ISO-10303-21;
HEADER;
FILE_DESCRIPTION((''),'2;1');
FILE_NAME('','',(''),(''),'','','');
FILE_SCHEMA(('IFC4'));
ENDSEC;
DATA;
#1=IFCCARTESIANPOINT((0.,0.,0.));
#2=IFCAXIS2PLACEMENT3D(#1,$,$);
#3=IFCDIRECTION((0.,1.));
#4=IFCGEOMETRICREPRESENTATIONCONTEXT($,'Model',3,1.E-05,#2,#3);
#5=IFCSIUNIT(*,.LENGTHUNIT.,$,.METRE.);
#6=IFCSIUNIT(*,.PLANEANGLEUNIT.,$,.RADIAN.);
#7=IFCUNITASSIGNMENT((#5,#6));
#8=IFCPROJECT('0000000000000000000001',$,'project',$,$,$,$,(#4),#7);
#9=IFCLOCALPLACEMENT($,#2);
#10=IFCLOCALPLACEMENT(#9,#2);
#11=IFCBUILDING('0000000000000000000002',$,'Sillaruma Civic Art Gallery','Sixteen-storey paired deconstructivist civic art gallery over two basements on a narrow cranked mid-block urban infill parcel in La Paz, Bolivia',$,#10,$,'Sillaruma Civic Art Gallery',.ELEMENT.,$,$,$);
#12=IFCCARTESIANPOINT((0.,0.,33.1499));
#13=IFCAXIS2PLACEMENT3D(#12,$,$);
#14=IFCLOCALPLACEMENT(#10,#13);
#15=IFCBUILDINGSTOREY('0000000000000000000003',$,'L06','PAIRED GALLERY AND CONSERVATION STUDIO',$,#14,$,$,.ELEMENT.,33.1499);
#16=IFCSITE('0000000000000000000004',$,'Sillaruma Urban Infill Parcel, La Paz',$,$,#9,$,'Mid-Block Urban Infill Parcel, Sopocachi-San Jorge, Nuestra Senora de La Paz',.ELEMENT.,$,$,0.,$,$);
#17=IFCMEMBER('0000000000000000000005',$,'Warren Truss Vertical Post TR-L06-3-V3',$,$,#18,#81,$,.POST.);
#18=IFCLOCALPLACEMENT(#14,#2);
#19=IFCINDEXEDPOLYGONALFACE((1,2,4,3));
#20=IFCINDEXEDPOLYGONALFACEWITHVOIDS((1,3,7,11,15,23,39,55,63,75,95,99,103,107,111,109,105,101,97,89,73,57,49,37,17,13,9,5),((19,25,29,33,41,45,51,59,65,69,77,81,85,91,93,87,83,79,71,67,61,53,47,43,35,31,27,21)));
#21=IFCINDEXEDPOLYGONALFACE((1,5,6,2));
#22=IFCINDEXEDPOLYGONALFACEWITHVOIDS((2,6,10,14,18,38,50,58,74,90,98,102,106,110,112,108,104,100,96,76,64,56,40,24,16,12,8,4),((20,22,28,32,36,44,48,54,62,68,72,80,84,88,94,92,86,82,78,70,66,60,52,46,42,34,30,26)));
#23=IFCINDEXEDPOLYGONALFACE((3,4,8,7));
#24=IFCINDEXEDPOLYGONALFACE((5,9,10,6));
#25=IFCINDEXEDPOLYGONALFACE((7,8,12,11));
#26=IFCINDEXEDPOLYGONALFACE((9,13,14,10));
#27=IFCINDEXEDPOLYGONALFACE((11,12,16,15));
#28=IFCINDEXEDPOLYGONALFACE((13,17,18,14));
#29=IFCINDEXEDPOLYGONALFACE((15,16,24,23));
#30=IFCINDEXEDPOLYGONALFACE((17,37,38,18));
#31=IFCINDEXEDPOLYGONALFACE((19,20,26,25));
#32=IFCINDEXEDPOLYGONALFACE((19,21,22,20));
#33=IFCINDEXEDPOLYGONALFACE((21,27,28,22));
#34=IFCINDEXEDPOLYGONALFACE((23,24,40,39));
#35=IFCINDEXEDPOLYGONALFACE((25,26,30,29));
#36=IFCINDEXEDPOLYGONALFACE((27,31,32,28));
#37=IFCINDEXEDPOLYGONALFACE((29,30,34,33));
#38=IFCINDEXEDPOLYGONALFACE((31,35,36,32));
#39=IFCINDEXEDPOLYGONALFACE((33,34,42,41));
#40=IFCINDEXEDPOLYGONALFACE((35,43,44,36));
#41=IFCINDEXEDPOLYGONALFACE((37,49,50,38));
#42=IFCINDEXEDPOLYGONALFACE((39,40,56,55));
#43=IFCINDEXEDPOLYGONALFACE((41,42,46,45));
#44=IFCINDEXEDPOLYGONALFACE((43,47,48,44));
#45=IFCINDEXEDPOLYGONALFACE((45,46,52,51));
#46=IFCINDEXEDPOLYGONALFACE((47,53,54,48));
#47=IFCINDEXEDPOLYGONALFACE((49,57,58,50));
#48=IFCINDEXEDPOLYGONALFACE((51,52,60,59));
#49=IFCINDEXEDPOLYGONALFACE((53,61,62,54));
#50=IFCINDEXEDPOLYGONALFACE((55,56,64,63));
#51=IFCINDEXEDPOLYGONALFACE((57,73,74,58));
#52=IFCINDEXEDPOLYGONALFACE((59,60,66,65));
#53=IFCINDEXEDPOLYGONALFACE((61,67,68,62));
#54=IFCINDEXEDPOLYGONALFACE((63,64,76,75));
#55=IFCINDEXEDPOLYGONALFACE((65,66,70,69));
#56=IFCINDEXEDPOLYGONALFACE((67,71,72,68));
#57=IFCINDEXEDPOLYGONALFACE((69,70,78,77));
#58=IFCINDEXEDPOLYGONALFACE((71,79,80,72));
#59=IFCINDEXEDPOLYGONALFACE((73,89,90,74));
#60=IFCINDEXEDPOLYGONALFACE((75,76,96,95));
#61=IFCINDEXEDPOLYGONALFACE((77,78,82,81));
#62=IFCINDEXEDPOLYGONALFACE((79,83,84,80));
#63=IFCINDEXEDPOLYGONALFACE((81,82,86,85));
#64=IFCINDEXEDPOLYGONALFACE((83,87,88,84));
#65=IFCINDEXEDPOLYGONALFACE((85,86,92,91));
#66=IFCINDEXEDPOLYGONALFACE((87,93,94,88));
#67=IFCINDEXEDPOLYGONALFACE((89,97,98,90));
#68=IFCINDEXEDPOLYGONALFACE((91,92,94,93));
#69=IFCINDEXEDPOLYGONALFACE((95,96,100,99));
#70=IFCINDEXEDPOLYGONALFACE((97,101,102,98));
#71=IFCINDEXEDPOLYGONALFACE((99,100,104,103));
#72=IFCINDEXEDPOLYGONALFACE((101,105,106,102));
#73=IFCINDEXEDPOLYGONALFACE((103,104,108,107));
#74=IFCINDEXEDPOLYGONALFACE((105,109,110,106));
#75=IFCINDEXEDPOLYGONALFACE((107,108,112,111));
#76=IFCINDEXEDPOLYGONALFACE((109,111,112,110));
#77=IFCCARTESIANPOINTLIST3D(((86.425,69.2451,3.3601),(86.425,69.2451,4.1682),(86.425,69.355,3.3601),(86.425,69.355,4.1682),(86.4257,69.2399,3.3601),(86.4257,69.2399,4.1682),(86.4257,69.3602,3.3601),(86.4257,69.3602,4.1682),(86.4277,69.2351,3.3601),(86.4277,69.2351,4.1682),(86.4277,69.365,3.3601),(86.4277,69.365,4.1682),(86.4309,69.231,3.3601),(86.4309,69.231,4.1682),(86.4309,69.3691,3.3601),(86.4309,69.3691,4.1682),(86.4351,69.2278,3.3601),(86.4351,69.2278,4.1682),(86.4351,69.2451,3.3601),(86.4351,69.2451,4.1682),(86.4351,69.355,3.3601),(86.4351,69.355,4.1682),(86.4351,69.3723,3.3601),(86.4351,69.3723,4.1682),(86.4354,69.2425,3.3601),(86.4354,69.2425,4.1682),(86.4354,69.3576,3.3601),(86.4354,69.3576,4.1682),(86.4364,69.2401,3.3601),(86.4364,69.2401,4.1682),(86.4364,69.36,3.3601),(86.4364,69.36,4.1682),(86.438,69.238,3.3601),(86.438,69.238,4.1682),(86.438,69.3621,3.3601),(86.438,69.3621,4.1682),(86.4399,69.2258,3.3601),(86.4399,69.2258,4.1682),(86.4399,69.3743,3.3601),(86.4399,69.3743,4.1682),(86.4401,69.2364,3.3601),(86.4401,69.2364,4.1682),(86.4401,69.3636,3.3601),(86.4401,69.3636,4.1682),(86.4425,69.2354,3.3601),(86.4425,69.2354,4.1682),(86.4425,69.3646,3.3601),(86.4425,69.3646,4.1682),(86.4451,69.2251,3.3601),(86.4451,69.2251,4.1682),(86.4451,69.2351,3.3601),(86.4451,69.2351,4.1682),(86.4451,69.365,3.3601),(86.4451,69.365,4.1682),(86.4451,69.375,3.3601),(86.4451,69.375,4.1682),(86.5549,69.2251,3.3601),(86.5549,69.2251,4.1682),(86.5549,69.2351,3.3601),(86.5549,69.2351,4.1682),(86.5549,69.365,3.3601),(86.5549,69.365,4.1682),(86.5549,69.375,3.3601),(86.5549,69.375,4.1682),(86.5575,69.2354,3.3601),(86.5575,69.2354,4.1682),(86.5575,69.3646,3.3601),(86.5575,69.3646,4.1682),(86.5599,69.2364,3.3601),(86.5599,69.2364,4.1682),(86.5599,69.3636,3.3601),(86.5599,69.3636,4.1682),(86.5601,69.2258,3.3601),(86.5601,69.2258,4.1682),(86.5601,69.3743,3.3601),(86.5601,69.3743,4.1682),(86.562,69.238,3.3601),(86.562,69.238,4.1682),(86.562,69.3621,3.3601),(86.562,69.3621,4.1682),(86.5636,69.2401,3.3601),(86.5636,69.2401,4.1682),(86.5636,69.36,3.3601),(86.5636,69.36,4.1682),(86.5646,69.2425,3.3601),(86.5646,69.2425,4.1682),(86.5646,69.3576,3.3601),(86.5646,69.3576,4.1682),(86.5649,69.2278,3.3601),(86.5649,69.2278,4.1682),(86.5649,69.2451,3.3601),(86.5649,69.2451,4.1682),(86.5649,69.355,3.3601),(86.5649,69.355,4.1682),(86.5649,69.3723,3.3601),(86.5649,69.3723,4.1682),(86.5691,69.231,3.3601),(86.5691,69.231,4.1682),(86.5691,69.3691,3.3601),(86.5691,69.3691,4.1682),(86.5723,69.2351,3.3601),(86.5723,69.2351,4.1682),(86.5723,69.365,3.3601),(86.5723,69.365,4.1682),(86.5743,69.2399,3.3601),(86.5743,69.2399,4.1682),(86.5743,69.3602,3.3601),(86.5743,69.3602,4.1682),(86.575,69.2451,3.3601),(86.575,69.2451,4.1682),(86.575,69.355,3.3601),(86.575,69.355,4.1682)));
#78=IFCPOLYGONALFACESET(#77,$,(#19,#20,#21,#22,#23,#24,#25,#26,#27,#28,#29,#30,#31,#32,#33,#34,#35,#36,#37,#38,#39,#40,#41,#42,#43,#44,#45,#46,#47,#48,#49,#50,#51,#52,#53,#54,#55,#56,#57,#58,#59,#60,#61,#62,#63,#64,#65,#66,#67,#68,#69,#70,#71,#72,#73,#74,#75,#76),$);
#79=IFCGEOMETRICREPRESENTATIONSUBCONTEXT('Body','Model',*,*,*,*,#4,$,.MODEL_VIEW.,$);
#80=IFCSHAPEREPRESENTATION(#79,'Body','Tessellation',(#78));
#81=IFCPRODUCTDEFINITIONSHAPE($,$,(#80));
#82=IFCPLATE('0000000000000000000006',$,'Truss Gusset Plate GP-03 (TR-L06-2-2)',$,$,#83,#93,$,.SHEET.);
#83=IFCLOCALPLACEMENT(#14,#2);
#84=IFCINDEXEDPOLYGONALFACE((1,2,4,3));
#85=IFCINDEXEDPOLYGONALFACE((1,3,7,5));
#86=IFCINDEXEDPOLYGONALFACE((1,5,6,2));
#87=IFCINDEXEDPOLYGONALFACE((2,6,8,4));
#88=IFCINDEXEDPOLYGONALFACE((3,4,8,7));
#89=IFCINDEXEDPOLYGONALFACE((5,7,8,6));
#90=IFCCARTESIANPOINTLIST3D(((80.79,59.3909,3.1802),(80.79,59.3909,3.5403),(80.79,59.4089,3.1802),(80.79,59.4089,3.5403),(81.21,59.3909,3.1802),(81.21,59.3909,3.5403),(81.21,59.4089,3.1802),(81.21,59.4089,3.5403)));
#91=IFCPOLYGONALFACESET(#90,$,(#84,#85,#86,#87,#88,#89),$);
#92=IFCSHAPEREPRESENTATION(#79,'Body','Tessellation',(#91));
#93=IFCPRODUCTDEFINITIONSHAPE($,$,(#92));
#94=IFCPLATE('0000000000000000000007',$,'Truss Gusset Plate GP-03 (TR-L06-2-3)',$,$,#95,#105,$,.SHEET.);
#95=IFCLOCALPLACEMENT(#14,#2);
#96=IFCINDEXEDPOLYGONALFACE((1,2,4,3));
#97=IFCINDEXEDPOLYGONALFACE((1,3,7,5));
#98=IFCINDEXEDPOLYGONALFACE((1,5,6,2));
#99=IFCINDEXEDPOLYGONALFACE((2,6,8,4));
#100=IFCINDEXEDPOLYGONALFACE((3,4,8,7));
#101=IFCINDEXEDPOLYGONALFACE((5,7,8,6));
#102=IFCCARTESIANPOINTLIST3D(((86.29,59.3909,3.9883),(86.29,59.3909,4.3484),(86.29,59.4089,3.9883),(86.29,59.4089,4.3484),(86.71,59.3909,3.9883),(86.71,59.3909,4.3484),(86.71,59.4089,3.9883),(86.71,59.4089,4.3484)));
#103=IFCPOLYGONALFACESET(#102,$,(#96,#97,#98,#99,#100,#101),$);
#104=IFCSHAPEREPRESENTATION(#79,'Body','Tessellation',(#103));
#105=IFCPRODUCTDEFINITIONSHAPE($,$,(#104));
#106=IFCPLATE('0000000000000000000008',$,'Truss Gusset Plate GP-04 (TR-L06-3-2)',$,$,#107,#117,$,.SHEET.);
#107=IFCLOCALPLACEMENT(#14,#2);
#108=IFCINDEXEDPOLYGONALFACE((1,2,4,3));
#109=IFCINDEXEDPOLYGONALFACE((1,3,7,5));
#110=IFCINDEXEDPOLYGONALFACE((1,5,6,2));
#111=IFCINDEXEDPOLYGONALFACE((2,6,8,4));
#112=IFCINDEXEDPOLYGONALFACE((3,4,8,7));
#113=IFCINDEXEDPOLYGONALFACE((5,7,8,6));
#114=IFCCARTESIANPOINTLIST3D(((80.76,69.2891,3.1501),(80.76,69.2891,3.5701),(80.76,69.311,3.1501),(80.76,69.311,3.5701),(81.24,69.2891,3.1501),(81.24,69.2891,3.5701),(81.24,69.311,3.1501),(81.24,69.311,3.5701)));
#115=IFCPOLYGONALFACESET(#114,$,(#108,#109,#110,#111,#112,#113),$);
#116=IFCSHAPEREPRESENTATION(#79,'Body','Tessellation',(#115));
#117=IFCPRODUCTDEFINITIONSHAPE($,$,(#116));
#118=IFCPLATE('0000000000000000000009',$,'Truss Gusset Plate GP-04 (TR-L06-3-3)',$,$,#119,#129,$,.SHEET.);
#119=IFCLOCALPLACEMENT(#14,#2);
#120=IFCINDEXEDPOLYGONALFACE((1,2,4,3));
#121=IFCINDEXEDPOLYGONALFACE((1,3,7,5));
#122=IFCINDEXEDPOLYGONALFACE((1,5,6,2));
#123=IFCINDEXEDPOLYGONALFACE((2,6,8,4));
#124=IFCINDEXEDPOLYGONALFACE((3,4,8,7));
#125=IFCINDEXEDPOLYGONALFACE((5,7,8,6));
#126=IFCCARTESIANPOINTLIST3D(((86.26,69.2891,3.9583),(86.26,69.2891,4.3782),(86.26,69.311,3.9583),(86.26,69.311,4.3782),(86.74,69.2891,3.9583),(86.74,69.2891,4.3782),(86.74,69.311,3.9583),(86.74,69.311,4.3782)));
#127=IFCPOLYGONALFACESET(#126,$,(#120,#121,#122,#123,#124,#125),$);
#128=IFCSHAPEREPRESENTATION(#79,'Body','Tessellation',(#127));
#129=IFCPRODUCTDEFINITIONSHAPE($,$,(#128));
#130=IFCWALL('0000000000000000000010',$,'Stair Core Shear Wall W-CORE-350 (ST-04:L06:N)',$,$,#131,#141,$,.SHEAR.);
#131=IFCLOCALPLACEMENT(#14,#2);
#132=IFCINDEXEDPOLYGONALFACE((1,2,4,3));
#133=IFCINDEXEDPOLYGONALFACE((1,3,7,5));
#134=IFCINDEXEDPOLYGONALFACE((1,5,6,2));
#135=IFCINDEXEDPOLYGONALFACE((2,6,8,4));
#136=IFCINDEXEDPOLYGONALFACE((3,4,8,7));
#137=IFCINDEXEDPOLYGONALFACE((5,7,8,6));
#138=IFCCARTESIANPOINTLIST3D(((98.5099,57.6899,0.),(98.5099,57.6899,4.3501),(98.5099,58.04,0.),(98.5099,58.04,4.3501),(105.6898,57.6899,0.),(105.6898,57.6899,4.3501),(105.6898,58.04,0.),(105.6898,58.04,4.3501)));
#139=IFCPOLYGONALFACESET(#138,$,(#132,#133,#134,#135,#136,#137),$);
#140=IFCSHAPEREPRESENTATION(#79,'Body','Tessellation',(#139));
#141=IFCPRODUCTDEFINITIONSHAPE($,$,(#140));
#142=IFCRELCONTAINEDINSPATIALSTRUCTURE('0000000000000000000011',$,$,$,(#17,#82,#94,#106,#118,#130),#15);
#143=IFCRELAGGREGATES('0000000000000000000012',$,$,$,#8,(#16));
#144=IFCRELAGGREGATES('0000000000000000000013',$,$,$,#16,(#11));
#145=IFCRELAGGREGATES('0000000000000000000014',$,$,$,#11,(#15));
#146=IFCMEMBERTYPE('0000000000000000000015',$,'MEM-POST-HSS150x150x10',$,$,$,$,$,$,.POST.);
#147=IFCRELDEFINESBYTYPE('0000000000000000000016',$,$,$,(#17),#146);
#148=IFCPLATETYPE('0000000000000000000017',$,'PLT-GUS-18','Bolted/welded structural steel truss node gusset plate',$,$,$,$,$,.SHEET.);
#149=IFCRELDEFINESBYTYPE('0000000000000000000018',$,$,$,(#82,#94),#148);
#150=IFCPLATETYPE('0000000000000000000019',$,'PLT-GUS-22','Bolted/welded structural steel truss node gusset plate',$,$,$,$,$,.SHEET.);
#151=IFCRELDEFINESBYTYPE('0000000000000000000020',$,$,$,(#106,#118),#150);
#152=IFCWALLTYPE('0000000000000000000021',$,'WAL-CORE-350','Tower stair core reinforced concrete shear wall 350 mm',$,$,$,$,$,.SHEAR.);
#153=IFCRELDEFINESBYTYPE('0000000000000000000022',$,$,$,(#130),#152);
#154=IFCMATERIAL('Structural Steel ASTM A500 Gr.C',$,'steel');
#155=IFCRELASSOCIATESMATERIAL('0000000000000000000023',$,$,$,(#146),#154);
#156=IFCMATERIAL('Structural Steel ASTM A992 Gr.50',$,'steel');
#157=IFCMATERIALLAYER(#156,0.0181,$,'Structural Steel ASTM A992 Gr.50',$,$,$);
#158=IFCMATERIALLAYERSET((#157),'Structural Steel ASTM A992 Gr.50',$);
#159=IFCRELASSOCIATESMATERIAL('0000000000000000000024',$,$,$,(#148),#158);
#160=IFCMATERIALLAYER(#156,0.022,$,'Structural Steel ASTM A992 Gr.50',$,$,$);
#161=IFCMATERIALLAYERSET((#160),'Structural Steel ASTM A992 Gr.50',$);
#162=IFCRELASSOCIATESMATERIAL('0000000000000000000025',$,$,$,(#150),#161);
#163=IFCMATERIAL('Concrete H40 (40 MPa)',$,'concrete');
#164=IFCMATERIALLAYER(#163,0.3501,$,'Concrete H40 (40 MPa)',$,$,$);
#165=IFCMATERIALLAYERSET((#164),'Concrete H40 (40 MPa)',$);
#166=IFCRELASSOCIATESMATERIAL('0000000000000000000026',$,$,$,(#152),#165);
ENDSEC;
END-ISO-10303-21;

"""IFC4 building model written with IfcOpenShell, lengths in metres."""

from ifc_helpers import new_model, si_unit, direction, frame, frame_2d, origin, origin_2d, place, context, subcontext, project, spatial, rectangle, hollow_rectangle, extrude, material, layer, layer_set, material_profile, profile_set, type_object, element, save


model = new_model("IFC4")

# Units and contexts
model_context = context("Model", 3, precision=1e-05, world=origin(), true_north=direction((0.0, 1.0)))
body_context = subcontext(model_context, "Body", "Model", "MODEL_VIEW")
ifc_project = project(units=[si_unit("LENGTHUNIT", "METRE"), si_unit("PLANEANGLEUNIT", "RADIAN")], contexts=[model_context])

# Site, building, storey
site_placement = place(None, origin())
site = spatial("IfcSite", under=ifc_project, at=site_placement, Name="Sillaruma Urban Infill Parcel, La Paz", LongName="Mid-Block Urban Infill Parcel, Sopocachi-San Jorge, Nuestra Senora de La Paz", CompositionType="ELEMENT", RefElevation=0.0)
building_placement = place(site_placement, origin())
building = spatial("IfcBuilding", under=site, at=building_placement, Name="Sillaruma Civic Art Gallery", Description="Sixteen-storey paired deconstructivist civic art gallery over two basements on a narrow cranked mid-block urban infill parcel in La Paz, Bolivia", LongName="Sillaruma Civic Art Gallery", CompositionType="ELEMENT")
storey_placement = place(building_placement, frame((0.0, 0.0, 33.1499)))
storey = spatial("IfcBuildingStorey", under=building, at=storey_placement, Name="L06", Description="PAIRED GALLERY AND CONSERVATION STUDIO", CompositionType="ELEMENT", Elevation=33.1499)

# Shared definitions
ifc_material_1 = material(Name="Concrete H40 (40 MPa)", Category="concrete")

# Shared definitions
ifc_material_2 = material(Name="Structural Steel ASTM A500 Gr.C", Category="steel")
ifc_material_3 = material(Name="Structural Steel ASTM A992 Gr.50", Category="steel")

# Member
ifc_material_profile_1 = material_profile(ifc_material_2, hollow_rectangle(XDim=0.1499, YDim=0.1499, WallThickness=0.01, InnerFilletRadius=0.01, OuterFilletRadius=0.02, at=origin_2d()), Name="HSS150x150x10")
ifc_profile_set_1 = profile_set([ifc_material_profile_1], Name="Structural Steel ASTM A500 Gr.C")
member_type_1 = type_object("IfcMemberType", Name="MEM-POST-HSS150x150x10", PredefinedType="POST", material=ifc_profile_set_1)
for number, where, z_axis, x_axis, name in (
    (1, (86.5, 69.3, 3.3601), (0.0, 0.0, 1.0), (1.0, 0.0, 0.0), "Warren Truss Vertical Post TR-L06-3-V3"),
):
    element("IfcMember", number, at=place(storey_placement, frame(where, z_axis=z_axis, x_axis=x_axis)), inside=storey, type_object=member_type_1, Name=name, PredefinedType="POST", context=body_context, shape_type="SweptSolid", body=[
        extrude(hollow_rectangle(XDim=0.1499, YDim=0.1499, WallThickness=0.01, InnerFilletRadius=0.01, OuterFilletRadius=0.02, at=origin_2d()), origin(), (0.0, 0.0, 1.0), 0.8081),
    ])

# Plates
ifc_layer_1 = layer(ifc_material_3, 0.0181, Name="Structural Steel ASTM A992 Gr.50")
ifc_layer_set_1 = layer_set([ifc_layer_1], Name="Structural Steel ASTM A992 Gr.50")
plate_type_1 = type_object("IfcPlateType", Name="PLT-GUS-18", Description="Bolted/welded structural steel truss node gusset plate", PredefinedType="SHEET", material=ifc_layer_set_1)
for number, where, z_axis, x_axis, name in (
    (2, (81.0, 59.3999, 3.1802), (0.0, 0.0, 1.0), (1.0, 0.0, 0.0), "Truss Gusset Plate GP-03 (TR-L06-2-2)"),
    (3, (86.5, 59.3999, 3.9883), (0.0, 0.0, 1.0), (1.0, 0.0, 0.0), "Truss Gusset Plate GP-03 (TR-L06-2-3)"),
):
    element("IfcPlate", number, at=place(storey_placement, frame(where, z_axis=z_axis, x_axis=x_axis)), inside=storey, type_object=plate_type_1, Name=name, PredefinedType="SHEET", context=body_context, shape_type="SweptSolid", body=[
        extrude(rectangle(XDim=0.4199, YDim=0.0181, at=origin_2d()), origin(), (0.0, 0.0, 1.0), 0.3601),
    ])
ifc_layer_2 = layer(ifc_material_3, 0.022, Name="Structural Steel ASTM A992 Gr.50")
ifc_layer_set_2 = layer_set([ifc_layer_2], Name="Structural Steel ASTM A992 Gr.50")
plate_type_2 = type_object("IfcPlateType", Name="PLT-GUS-22", Description="Bolted/welded structural steel truss node gusset plate", PredefinedType="SHEET", material=ifc_layer_set_2)
for number, where, z_axis, x_axis, name in (
    (4, (81.0, 69.3, 3.1501), (0.0, 0.0, 1.0), (1.0, 0.0, 0.0), "Truss Gusset Plate GP-04 (TR-L06-3-2)"),
    (5, (86.5, 69.3, 3.9583), (0.0, 0.0, 1.0), (1.0, 0.0, 0.0), "Truss Gusset Plate GP-04 (TR-L06-3-3)"),
):
    element("IfcPlate", number, at=place(storey_placement, frame(where, z_axis=z_axis, x_axis=x_axis)), inside=storey, type_object=plate_type_2, Name=name, PredefinedType="SHEET", context=body_context, shape_type="SweptSolid", body=[
        extrude(rectangle(XDim=0.48, YDim=0.022, at=origin_2d()), origin(), (0.0, 0.0, 1.0), 0.4199),
    ])

# Wall
ifc_layer_3 = layer(ifc_material_1, 0.3501, Name="Concrete H40 (40 MPa)")
ifc_layer_set_3 = layer_set([ifc_layer_3], Name="Concrete H40 (40 MPa)")
wall_type = type_object("IfcWallType", Name="WAL-CORE-350", Description="Tower stair core reinforced concrete shear wall 350 mm", PredefinedType="SHEAR", material=ifc_layer_set_3)
wall_placement = place(storey_placement, frame((98.51, 57.865, 0.0), z_axis=(0.0, 0.0, 1.0), x_axis=(1.0, 0.0, 0.0)))
element("IfcWall", 6, at=wall_placement, inside=storey, type_object=wall_type, Name="Stair Core Shear Wall W-CORE-350 (ST-04:L06:N)", PredefinedType="SHEAR", context=body_context, shape_type="SweptSolid", body=[
    extrude(rectangle(XDim=7.1799, YDim=0.3501, at=frame_2d((3.5898, 0.0))), origin(), (0.0, 0.0, 1.0), 4.3501),
])

save(model, "model.ifc")
